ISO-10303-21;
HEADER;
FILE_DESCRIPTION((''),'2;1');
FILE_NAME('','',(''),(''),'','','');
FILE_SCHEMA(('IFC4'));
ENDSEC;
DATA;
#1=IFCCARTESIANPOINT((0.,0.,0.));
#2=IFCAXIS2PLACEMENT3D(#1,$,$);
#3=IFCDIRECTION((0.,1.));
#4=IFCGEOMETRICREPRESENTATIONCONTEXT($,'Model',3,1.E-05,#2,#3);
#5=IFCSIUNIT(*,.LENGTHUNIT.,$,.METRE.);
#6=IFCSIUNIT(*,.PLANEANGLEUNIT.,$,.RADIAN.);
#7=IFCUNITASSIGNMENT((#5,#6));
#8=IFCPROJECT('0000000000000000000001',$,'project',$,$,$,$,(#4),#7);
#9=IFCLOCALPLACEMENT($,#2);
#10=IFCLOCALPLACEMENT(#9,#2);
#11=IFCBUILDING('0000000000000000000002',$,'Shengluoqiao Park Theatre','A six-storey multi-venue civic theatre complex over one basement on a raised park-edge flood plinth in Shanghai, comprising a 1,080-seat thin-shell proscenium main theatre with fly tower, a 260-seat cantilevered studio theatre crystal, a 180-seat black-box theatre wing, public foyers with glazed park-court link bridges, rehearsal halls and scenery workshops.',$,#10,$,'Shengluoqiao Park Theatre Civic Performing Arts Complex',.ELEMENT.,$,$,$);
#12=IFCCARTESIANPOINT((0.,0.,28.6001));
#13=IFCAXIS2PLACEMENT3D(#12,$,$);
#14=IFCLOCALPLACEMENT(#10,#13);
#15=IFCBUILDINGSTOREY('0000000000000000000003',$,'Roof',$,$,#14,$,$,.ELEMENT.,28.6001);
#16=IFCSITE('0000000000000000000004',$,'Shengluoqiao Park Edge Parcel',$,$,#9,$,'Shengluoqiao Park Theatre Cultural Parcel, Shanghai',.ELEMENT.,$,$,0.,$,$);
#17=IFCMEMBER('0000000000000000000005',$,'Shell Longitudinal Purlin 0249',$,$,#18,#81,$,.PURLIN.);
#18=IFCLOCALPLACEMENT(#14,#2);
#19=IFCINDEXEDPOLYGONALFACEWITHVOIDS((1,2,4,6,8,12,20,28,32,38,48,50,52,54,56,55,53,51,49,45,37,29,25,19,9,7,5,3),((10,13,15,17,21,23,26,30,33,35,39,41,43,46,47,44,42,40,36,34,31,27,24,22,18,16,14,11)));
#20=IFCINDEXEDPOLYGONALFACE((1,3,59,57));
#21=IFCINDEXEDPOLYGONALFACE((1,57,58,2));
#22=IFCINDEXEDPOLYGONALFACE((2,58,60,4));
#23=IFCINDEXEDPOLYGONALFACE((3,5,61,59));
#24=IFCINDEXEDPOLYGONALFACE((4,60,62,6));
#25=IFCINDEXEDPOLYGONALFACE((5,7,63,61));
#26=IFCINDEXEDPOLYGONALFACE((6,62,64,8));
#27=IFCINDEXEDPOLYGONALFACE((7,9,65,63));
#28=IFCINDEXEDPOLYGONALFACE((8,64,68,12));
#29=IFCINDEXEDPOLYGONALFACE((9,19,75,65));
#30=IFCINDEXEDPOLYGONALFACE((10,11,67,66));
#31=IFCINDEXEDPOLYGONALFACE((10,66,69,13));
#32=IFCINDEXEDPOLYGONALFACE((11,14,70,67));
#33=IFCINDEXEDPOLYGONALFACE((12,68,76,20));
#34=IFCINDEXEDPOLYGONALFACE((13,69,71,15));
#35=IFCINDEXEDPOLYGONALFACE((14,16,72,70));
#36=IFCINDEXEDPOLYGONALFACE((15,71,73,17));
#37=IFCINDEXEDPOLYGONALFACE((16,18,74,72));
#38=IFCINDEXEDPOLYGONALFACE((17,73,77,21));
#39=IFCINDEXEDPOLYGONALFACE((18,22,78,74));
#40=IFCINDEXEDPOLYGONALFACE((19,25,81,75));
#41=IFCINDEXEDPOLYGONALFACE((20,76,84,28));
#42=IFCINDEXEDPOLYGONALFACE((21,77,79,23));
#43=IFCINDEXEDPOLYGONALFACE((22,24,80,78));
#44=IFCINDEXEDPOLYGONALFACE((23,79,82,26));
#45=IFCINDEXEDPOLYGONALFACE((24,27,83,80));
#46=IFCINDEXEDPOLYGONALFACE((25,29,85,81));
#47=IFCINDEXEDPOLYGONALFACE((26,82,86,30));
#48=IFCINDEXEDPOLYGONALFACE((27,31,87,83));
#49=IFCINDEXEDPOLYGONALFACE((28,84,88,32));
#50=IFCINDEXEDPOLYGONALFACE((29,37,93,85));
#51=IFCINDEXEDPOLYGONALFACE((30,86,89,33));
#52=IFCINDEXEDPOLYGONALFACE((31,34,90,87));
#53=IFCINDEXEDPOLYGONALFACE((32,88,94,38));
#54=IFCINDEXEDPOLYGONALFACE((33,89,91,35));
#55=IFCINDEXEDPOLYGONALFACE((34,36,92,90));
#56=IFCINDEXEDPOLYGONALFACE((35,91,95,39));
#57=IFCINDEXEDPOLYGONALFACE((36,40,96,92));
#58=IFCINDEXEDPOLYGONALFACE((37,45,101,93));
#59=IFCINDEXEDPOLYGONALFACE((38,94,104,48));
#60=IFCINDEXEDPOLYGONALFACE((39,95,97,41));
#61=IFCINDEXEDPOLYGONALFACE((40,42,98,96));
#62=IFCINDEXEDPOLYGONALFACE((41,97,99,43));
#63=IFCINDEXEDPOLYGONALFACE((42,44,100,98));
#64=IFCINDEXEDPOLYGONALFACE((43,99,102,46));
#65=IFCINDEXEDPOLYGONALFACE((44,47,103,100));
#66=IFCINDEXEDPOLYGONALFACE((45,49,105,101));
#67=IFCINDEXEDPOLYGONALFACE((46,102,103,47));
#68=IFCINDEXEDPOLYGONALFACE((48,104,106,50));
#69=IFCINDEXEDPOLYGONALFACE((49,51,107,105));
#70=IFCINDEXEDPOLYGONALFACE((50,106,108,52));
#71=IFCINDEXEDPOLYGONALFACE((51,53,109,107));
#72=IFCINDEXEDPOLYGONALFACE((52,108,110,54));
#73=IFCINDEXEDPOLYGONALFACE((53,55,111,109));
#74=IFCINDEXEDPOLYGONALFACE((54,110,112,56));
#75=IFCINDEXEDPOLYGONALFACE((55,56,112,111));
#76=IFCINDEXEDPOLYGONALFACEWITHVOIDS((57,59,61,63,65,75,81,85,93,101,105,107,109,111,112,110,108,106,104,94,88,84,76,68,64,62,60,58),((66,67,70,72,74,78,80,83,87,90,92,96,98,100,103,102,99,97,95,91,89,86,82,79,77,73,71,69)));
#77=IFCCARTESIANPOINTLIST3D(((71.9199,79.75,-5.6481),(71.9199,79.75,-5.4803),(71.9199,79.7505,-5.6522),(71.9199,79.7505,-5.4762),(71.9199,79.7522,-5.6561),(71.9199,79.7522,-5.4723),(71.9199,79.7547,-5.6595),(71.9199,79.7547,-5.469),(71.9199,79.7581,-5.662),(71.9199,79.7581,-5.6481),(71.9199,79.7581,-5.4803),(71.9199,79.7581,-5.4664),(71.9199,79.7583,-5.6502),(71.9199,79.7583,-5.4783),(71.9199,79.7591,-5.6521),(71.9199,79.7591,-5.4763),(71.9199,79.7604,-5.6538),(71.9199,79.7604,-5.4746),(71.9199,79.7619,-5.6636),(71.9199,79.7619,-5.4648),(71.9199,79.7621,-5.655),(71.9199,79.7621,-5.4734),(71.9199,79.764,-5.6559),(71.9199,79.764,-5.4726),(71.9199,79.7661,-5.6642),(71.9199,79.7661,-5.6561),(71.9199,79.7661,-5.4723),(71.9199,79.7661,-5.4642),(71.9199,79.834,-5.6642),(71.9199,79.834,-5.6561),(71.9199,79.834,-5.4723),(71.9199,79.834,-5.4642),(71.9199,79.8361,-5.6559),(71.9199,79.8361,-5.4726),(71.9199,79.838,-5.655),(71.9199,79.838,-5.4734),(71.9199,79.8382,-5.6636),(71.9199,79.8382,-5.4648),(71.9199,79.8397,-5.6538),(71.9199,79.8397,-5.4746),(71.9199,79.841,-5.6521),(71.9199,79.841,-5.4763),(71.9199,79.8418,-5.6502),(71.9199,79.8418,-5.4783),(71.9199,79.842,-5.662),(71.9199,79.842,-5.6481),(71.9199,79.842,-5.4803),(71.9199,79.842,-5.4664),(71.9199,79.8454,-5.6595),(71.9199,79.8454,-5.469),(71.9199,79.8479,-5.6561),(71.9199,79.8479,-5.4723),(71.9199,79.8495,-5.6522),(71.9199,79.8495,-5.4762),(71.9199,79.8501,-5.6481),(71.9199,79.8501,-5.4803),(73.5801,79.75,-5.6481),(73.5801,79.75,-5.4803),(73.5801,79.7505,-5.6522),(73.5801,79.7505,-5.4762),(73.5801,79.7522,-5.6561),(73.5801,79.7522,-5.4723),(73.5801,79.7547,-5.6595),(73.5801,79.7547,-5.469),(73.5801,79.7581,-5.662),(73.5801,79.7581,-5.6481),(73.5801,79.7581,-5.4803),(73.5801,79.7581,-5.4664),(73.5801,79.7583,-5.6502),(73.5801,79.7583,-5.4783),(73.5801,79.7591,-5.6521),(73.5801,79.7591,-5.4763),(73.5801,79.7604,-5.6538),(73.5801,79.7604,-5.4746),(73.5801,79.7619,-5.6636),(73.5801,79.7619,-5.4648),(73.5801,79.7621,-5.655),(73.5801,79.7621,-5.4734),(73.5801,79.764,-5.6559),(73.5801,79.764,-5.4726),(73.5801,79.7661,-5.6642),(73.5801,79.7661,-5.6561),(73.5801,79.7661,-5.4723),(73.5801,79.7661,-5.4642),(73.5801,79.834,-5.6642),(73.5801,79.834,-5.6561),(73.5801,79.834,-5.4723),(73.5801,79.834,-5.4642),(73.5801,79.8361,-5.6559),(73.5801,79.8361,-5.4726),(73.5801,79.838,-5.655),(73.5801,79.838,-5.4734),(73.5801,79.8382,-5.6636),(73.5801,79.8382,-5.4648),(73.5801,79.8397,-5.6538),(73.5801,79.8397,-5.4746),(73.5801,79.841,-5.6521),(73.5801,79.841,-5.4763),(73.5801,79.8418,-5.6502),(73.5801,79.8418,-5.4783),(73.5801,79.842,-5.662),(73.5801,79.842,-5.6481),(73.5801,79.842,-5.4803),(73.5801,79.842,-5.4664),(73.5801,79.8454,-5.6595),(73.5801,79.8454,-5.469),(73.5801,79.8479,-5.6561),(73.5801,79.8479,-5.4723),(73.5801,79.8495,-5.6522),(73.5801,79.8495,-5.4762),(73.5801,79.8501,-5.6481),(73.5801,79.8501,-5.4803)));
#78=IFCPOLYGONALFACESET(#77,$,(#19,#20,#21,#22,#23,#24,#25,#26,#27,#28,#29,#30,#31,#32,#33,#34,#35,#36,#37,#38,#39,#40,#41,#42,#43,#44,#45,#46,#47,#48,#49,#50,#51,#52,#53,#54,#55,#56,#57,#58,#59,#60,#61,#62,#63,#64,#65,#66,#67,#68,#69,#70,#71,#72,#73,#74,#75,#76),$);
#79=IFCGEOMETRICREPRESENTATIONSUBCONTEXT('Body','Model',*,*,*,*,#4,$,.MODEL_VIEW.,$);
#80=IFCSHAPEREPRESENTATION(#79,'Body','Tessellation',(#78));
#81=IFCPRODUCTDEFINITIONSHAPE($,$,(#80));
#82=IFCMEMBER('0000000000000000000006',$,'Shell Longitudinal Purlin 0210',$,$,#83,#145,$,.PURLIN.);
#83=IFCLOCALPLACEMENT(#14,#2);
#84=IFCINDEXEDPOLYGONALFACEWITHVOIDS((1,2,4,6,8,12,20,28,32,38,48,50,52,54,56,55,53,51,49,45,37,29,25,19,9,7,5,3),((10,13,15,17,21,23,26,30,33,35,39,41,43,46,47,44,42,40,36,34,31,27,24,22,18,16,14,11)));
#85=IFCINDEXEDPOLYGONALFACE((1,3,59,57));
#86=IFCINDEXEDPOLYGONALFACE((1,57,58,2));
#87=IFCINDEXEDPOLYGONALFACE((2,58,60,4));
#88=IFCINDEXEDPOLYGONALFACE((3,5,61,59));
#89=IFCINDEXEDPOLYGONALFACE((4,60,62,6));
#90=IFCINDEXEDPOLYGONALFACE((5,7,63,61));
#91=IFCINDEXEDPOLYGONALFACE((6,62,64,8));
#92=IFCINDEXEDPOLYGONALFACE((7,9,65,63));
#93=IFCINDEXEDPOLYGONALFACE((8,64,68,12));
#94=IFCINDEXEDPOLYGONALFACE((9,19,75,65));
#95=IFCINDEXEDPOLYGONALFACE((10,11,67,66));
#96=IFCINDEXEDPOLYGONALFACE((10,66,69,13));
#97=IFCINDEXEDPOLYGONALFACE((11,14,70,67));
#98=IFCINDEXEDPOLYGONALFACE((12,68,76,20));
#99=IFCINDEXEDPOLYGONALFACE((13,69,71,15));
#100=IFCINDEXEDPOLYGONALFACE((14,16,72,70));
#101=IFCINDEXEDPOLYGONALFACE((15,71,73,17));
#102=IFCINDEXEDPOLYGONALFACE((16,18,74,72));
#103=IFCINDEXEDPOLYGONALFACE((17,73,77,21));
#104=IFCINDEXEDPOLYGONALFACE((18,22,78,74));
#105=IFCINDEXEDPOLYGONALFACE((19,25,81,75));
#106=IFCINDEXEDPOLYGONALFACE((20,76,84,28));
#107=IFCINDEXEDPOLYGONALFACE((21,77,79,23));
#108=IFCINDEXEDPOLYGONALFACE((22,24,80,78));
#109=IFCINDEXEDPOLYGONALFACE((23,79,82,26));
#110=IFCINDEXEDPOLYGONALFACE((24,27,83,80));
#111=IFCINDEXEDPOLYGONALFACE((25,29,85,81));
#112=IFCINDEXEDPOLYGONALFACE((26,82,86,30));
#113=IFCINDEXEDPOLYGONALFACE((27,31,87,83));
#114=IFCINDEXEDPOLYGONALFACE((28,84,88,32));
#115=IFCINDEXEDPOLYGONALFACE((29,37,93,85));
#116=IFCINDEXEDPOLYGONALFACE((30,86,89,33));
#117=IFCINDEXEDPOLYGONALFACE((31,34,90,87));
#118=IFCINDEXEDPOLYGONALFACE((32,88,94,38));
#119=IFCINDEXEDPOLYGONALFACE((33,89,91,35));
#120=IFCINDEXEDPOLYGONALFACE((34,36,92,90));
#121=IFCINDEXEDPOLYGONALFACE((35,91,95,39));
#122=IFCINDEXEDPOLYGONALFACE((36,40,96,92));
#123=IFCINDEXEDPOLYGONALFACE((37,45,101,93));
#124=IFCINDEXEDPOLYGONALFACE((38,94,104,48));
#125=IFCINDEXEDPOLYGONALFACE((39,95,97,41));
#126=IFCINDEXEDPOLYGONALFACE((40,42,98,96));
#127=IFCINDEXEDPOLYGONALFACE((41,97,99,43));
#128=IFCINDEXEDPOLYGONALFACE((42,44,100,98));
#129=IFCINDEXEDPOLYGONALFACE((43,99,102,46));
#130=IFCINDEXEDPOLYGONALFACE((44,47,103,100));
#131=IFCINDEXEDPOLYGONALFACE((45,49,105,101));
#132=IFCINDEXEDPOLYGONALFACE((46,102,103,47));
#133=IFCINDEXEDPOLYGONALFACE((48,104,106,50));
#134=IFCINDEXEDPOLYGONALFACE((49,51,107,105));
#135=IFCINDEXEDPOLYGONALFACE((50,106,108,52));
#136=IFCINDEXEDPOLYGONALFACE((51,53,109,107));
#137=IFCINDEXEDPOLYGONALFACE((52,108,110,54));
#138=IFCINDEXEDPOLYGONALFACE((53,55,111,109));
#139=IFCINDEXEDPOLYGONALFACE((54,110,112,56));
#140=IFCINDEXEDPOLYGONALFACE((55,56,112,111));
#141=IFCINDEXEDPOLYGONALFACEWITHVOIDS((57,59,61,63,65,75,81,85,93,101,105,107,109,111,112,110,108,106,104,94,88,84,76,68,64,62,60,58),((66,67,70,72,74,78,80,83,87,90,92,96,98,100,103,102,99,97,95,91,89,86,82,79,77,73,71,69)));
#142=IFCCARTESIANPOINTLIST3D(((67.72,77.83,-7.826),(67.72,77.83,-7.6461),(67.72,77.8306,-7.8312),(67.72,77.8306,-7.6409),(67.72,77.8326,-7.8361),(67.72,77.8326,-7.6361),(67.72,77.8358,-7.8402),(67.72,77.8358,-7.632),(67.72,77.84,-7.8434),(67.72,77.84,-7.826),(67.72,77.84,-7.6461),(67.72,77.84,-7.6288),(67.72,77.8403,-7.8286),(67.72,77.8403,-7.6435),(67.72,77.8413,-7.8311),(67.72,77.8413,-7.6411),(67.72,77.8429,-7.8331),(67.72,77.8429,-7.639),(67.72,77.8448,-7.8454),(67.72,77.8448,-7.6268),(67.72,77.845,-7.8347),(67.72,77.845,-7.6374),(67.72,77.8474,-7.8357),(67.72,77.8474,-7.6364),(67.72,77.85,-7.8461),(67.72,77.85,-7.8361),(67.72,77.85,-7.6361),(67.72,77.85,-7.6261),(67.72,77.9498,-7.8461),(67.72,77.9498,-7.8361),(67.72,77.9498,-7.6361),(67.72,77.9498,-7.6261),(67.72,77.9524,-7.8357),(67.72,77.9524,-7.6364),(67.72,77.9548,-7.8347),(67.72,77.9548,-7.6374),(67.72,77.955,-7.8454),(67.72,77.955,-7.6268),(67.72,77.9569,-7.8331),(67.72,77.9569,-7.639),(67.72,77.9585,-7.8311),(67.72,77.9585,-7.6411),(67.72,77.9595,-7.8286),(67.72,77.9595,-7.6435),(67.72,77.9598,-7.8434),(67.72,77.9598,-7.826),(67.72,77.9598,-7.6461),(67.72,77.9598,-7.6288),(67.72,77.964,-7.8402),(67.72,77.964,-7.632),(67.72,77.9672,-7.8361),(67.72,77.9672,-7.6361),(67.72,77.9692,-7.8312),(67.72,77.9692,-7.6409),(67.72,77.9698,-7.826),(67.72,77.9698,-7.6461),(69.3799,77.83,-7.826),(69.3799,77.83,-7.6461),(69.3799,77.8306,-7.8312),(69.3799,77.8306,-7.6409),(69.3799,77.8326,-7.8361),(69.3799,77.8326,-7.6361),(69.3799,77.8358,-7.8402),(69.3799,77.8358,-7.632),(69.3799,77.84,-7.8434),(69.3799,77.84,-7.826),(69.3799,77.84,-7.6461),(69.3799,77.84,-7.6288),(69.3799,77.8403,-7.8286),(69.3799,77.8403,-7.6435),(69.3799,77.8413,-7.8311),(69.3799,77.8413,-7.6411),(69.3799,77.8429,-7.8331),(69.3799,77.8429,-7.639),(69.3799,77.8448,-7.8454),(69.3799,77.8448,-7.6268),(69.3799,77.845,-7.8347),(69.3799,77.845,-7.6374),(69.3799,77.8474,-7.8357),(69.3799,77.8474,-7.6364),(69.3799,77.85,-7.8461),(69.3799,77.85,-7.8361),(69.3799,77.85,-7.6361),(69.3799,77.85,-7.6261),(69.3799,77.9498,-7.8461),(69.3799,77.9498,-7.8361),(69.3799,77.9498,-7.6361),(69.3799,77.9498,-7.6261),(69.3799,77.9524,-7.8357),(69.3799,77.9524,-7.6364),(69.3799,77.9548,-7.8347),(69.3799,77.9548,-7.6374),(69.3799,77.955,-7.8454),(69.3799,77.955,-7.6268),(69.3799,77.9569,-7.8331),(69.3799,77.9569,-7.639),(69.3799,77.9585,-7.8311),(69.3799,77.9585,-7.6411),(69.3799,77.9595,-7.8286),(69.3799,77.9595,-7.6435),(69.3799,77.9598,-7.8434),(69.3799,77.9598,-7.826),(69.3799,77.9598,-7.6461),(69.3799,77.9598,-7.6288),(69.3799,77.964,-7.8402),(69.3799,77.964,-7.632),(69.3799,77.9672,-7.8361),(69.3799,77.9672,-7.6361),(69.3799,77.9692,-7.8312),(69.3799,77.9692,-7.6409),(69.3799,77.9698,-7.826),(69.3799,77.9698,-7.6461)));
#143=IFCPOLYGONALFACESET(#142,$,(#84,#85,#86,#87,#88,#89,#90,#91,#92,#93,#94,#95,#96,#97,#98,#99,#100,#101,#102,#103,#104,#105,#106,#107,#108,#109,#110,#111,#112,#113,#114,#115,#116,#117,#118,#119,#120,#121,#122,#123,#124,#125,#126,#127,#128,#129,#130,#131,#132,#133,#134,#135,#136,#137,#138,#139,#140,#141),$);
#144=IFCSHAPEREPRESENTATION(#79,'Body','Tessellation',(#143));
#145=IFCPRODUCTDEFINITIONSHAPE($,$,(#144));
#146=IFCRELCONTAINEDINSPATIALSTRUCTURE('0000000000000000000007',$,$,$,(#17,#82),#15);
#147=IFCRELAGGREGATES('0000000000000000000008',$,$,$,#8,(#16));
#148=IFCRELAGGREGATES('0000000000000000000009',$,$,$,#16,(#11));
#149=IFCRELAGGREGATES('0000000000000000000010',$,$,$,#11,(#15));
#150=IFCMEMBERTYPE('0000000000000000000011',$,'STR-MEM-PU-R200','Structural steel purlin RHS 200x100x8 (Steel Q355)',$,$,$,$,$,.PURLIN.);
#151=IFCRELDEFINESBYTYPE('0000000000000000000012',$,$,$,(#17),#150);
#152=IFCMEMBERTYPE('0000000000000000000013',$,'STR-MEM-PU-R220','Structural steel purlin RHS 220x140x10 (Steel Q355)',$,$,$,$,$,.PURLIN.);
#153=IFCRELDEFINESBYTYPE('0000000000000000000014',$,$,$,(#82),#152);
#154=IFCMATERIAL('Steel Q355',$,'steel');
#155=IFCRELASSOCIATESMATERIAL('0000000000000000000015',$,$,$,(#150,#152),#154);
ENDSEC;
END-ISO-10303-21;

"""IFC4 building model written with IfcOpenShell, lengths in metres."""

from ifc_helpers import new_model, si_unit, direction, frame, origin, origin_2d, place, context, subcontext, project, spatial, hollow_rectangle, extrude, material, material_profile, profile_set, type_object, element, save


model = new_model("IFC4")

# Units and contexts
model_context = context("Model", 3, precision=1e-05, world=origin(), true_north=direction((0.0, 1.0)))
body_context = subcontext(model_context, "Body", "Model", "MODEL_VIEW")
ifc_project = project(units=[si_unit("LENGTHUNIT", "METRE"), si_unit("PLANEANGLEUNIT", "RADIAN")], contexts=[model_context])

# Site, building, storey
site_placement = place(None, origin())
site = spatial("IfcSite", under=ifc_project, at=site_placement, Name="Shengluoqiao Park Edge Parcel", LongName="Shengluoqiao Park Theatre Cultural Parcel, Shanghai", CompositionType="ELEMENT", RefElevation=0.0)
building_placement = place(site_placement, origin())
building = spatial("IfcBuilding", under=site, at=building_placement, Name="Shengluoqiao Park Theatre", Description="A six-storey multi-venue civic theatre complex over one basement on a raised park-edge flood plinth in Shanghai, comprising a 1,080-seat thin-shell proscenium main theatre with fly tower, a 260-seat cantilevered studio theatre crystal, a 180-seat black-box theatre wing, public foyers with glazed park-court link bridges, rehearsal halls and scenery workshops.", LongName="Shengluoqiao Park Theatre Civic Performing Arts Complex", CompositionType="ELEMENT")
storey_placement = place(building_placement, frame((0.0, 0.0, 28.6001)))
storey = spatial("IfcBuildingStorey", under=building, at=storey_placement, Name="Roof", CompositionType="ELEMENT", Elevation=28.6001)

# Shared definitions
ifc_material_1 = material(Name="Steel Q355", Category="steel")

# Members
ifc_material_profile_1 = material_profile(ifc_material_1, hollow_rectangle(XDim=0.1001, YDim=0.2, WallThickness=0.0081, InnerFilletRadius=0.0081, OuterFilletRadius=0.0161, at=origin_2d()), Name="RHS 200x100x8")
ifc_profile_set_1 = profile_set([ifc_material_profile_1], Name="Steel Q355")
member_type_1 = type_object("IfcMemberType", Name="STR-MEM-PU-R200", Description="Structural steel purlin RHS 200x100x8 (Steel Q355)", PredefinedType="PURLIN", material=ifc_profile_set_1)
member_1_placement = place(storey_placement, frame((71.9199, 79.8, -5.5642), z_axis=(1.0, 0.0, 0.0), x_axis=(0.0, 1.0, 0.0)))
element("IfcMember", 1, at=member_1_placement, inside=storey, type_object=member_type_1, Name="Shell Longitudinal Purlin 0249", PredefinedType="PURLIN", context=body_context, shape_type="SweptSolid", body=[
    extrude(hollow_rectangle(XDim=0.1001, YDim=0.2, WallThickness=0.0081, InnerFilletRadius=0.0081, OuterFilletRadius=0.0161, at=origin_2d()), origin(), (0.0, 0.0, 1.0), 1.6602),
])
ifc_material_profile_2 = material_profile(ifc_material_1, hollow_rectangle(XDim=0.1399, YDim=0.22, WallThickness=0.01, InnerFilletRadius=0.01, OuterFilletRadius=0.02, at=origin_2d()), Name="RHS 220x140x10")
ifc_profile_set_2 = profile_set([ifc_material_profile_2], Name="Steel Q355")
member_type_2 = type_object("IfcMemberType", Name="STR-MEM-PU-R220", Description="Structural steel purlin RHS 220x140x10 (Steel Q355)", PredefinedType="PURLIN", material=ifc_profile_set_2)
for number, where, z_axis, x_axis, name in (
    (2, (67.72, 77.8999, -7.7361), (1.0, 0.0, 0.0), (0.0, 1.0, 0.0), "Shell Longitudinal Purlin 0210"),
):
    element("IfcMember", number, at=place(storey_placement, frame(where, z_axis=z_axis, x_axis=x_axis)), inside=storey, type_object=member_type_2, Name=name, PredefinedType="PURLIN", context=body_context, shape_type="SweptSolid", body=[
        extrude(hollow_rectangle(XDim=0.1399, YDim=0.22, WallThickness=0.01, InnerFilletRadius=0.01, OuterFilletRadius=0.02, at=origin_2d()), origin(), (0.0, 0.0, 1.0), 1.6599),
    ])

save(model, "model.ifc")
